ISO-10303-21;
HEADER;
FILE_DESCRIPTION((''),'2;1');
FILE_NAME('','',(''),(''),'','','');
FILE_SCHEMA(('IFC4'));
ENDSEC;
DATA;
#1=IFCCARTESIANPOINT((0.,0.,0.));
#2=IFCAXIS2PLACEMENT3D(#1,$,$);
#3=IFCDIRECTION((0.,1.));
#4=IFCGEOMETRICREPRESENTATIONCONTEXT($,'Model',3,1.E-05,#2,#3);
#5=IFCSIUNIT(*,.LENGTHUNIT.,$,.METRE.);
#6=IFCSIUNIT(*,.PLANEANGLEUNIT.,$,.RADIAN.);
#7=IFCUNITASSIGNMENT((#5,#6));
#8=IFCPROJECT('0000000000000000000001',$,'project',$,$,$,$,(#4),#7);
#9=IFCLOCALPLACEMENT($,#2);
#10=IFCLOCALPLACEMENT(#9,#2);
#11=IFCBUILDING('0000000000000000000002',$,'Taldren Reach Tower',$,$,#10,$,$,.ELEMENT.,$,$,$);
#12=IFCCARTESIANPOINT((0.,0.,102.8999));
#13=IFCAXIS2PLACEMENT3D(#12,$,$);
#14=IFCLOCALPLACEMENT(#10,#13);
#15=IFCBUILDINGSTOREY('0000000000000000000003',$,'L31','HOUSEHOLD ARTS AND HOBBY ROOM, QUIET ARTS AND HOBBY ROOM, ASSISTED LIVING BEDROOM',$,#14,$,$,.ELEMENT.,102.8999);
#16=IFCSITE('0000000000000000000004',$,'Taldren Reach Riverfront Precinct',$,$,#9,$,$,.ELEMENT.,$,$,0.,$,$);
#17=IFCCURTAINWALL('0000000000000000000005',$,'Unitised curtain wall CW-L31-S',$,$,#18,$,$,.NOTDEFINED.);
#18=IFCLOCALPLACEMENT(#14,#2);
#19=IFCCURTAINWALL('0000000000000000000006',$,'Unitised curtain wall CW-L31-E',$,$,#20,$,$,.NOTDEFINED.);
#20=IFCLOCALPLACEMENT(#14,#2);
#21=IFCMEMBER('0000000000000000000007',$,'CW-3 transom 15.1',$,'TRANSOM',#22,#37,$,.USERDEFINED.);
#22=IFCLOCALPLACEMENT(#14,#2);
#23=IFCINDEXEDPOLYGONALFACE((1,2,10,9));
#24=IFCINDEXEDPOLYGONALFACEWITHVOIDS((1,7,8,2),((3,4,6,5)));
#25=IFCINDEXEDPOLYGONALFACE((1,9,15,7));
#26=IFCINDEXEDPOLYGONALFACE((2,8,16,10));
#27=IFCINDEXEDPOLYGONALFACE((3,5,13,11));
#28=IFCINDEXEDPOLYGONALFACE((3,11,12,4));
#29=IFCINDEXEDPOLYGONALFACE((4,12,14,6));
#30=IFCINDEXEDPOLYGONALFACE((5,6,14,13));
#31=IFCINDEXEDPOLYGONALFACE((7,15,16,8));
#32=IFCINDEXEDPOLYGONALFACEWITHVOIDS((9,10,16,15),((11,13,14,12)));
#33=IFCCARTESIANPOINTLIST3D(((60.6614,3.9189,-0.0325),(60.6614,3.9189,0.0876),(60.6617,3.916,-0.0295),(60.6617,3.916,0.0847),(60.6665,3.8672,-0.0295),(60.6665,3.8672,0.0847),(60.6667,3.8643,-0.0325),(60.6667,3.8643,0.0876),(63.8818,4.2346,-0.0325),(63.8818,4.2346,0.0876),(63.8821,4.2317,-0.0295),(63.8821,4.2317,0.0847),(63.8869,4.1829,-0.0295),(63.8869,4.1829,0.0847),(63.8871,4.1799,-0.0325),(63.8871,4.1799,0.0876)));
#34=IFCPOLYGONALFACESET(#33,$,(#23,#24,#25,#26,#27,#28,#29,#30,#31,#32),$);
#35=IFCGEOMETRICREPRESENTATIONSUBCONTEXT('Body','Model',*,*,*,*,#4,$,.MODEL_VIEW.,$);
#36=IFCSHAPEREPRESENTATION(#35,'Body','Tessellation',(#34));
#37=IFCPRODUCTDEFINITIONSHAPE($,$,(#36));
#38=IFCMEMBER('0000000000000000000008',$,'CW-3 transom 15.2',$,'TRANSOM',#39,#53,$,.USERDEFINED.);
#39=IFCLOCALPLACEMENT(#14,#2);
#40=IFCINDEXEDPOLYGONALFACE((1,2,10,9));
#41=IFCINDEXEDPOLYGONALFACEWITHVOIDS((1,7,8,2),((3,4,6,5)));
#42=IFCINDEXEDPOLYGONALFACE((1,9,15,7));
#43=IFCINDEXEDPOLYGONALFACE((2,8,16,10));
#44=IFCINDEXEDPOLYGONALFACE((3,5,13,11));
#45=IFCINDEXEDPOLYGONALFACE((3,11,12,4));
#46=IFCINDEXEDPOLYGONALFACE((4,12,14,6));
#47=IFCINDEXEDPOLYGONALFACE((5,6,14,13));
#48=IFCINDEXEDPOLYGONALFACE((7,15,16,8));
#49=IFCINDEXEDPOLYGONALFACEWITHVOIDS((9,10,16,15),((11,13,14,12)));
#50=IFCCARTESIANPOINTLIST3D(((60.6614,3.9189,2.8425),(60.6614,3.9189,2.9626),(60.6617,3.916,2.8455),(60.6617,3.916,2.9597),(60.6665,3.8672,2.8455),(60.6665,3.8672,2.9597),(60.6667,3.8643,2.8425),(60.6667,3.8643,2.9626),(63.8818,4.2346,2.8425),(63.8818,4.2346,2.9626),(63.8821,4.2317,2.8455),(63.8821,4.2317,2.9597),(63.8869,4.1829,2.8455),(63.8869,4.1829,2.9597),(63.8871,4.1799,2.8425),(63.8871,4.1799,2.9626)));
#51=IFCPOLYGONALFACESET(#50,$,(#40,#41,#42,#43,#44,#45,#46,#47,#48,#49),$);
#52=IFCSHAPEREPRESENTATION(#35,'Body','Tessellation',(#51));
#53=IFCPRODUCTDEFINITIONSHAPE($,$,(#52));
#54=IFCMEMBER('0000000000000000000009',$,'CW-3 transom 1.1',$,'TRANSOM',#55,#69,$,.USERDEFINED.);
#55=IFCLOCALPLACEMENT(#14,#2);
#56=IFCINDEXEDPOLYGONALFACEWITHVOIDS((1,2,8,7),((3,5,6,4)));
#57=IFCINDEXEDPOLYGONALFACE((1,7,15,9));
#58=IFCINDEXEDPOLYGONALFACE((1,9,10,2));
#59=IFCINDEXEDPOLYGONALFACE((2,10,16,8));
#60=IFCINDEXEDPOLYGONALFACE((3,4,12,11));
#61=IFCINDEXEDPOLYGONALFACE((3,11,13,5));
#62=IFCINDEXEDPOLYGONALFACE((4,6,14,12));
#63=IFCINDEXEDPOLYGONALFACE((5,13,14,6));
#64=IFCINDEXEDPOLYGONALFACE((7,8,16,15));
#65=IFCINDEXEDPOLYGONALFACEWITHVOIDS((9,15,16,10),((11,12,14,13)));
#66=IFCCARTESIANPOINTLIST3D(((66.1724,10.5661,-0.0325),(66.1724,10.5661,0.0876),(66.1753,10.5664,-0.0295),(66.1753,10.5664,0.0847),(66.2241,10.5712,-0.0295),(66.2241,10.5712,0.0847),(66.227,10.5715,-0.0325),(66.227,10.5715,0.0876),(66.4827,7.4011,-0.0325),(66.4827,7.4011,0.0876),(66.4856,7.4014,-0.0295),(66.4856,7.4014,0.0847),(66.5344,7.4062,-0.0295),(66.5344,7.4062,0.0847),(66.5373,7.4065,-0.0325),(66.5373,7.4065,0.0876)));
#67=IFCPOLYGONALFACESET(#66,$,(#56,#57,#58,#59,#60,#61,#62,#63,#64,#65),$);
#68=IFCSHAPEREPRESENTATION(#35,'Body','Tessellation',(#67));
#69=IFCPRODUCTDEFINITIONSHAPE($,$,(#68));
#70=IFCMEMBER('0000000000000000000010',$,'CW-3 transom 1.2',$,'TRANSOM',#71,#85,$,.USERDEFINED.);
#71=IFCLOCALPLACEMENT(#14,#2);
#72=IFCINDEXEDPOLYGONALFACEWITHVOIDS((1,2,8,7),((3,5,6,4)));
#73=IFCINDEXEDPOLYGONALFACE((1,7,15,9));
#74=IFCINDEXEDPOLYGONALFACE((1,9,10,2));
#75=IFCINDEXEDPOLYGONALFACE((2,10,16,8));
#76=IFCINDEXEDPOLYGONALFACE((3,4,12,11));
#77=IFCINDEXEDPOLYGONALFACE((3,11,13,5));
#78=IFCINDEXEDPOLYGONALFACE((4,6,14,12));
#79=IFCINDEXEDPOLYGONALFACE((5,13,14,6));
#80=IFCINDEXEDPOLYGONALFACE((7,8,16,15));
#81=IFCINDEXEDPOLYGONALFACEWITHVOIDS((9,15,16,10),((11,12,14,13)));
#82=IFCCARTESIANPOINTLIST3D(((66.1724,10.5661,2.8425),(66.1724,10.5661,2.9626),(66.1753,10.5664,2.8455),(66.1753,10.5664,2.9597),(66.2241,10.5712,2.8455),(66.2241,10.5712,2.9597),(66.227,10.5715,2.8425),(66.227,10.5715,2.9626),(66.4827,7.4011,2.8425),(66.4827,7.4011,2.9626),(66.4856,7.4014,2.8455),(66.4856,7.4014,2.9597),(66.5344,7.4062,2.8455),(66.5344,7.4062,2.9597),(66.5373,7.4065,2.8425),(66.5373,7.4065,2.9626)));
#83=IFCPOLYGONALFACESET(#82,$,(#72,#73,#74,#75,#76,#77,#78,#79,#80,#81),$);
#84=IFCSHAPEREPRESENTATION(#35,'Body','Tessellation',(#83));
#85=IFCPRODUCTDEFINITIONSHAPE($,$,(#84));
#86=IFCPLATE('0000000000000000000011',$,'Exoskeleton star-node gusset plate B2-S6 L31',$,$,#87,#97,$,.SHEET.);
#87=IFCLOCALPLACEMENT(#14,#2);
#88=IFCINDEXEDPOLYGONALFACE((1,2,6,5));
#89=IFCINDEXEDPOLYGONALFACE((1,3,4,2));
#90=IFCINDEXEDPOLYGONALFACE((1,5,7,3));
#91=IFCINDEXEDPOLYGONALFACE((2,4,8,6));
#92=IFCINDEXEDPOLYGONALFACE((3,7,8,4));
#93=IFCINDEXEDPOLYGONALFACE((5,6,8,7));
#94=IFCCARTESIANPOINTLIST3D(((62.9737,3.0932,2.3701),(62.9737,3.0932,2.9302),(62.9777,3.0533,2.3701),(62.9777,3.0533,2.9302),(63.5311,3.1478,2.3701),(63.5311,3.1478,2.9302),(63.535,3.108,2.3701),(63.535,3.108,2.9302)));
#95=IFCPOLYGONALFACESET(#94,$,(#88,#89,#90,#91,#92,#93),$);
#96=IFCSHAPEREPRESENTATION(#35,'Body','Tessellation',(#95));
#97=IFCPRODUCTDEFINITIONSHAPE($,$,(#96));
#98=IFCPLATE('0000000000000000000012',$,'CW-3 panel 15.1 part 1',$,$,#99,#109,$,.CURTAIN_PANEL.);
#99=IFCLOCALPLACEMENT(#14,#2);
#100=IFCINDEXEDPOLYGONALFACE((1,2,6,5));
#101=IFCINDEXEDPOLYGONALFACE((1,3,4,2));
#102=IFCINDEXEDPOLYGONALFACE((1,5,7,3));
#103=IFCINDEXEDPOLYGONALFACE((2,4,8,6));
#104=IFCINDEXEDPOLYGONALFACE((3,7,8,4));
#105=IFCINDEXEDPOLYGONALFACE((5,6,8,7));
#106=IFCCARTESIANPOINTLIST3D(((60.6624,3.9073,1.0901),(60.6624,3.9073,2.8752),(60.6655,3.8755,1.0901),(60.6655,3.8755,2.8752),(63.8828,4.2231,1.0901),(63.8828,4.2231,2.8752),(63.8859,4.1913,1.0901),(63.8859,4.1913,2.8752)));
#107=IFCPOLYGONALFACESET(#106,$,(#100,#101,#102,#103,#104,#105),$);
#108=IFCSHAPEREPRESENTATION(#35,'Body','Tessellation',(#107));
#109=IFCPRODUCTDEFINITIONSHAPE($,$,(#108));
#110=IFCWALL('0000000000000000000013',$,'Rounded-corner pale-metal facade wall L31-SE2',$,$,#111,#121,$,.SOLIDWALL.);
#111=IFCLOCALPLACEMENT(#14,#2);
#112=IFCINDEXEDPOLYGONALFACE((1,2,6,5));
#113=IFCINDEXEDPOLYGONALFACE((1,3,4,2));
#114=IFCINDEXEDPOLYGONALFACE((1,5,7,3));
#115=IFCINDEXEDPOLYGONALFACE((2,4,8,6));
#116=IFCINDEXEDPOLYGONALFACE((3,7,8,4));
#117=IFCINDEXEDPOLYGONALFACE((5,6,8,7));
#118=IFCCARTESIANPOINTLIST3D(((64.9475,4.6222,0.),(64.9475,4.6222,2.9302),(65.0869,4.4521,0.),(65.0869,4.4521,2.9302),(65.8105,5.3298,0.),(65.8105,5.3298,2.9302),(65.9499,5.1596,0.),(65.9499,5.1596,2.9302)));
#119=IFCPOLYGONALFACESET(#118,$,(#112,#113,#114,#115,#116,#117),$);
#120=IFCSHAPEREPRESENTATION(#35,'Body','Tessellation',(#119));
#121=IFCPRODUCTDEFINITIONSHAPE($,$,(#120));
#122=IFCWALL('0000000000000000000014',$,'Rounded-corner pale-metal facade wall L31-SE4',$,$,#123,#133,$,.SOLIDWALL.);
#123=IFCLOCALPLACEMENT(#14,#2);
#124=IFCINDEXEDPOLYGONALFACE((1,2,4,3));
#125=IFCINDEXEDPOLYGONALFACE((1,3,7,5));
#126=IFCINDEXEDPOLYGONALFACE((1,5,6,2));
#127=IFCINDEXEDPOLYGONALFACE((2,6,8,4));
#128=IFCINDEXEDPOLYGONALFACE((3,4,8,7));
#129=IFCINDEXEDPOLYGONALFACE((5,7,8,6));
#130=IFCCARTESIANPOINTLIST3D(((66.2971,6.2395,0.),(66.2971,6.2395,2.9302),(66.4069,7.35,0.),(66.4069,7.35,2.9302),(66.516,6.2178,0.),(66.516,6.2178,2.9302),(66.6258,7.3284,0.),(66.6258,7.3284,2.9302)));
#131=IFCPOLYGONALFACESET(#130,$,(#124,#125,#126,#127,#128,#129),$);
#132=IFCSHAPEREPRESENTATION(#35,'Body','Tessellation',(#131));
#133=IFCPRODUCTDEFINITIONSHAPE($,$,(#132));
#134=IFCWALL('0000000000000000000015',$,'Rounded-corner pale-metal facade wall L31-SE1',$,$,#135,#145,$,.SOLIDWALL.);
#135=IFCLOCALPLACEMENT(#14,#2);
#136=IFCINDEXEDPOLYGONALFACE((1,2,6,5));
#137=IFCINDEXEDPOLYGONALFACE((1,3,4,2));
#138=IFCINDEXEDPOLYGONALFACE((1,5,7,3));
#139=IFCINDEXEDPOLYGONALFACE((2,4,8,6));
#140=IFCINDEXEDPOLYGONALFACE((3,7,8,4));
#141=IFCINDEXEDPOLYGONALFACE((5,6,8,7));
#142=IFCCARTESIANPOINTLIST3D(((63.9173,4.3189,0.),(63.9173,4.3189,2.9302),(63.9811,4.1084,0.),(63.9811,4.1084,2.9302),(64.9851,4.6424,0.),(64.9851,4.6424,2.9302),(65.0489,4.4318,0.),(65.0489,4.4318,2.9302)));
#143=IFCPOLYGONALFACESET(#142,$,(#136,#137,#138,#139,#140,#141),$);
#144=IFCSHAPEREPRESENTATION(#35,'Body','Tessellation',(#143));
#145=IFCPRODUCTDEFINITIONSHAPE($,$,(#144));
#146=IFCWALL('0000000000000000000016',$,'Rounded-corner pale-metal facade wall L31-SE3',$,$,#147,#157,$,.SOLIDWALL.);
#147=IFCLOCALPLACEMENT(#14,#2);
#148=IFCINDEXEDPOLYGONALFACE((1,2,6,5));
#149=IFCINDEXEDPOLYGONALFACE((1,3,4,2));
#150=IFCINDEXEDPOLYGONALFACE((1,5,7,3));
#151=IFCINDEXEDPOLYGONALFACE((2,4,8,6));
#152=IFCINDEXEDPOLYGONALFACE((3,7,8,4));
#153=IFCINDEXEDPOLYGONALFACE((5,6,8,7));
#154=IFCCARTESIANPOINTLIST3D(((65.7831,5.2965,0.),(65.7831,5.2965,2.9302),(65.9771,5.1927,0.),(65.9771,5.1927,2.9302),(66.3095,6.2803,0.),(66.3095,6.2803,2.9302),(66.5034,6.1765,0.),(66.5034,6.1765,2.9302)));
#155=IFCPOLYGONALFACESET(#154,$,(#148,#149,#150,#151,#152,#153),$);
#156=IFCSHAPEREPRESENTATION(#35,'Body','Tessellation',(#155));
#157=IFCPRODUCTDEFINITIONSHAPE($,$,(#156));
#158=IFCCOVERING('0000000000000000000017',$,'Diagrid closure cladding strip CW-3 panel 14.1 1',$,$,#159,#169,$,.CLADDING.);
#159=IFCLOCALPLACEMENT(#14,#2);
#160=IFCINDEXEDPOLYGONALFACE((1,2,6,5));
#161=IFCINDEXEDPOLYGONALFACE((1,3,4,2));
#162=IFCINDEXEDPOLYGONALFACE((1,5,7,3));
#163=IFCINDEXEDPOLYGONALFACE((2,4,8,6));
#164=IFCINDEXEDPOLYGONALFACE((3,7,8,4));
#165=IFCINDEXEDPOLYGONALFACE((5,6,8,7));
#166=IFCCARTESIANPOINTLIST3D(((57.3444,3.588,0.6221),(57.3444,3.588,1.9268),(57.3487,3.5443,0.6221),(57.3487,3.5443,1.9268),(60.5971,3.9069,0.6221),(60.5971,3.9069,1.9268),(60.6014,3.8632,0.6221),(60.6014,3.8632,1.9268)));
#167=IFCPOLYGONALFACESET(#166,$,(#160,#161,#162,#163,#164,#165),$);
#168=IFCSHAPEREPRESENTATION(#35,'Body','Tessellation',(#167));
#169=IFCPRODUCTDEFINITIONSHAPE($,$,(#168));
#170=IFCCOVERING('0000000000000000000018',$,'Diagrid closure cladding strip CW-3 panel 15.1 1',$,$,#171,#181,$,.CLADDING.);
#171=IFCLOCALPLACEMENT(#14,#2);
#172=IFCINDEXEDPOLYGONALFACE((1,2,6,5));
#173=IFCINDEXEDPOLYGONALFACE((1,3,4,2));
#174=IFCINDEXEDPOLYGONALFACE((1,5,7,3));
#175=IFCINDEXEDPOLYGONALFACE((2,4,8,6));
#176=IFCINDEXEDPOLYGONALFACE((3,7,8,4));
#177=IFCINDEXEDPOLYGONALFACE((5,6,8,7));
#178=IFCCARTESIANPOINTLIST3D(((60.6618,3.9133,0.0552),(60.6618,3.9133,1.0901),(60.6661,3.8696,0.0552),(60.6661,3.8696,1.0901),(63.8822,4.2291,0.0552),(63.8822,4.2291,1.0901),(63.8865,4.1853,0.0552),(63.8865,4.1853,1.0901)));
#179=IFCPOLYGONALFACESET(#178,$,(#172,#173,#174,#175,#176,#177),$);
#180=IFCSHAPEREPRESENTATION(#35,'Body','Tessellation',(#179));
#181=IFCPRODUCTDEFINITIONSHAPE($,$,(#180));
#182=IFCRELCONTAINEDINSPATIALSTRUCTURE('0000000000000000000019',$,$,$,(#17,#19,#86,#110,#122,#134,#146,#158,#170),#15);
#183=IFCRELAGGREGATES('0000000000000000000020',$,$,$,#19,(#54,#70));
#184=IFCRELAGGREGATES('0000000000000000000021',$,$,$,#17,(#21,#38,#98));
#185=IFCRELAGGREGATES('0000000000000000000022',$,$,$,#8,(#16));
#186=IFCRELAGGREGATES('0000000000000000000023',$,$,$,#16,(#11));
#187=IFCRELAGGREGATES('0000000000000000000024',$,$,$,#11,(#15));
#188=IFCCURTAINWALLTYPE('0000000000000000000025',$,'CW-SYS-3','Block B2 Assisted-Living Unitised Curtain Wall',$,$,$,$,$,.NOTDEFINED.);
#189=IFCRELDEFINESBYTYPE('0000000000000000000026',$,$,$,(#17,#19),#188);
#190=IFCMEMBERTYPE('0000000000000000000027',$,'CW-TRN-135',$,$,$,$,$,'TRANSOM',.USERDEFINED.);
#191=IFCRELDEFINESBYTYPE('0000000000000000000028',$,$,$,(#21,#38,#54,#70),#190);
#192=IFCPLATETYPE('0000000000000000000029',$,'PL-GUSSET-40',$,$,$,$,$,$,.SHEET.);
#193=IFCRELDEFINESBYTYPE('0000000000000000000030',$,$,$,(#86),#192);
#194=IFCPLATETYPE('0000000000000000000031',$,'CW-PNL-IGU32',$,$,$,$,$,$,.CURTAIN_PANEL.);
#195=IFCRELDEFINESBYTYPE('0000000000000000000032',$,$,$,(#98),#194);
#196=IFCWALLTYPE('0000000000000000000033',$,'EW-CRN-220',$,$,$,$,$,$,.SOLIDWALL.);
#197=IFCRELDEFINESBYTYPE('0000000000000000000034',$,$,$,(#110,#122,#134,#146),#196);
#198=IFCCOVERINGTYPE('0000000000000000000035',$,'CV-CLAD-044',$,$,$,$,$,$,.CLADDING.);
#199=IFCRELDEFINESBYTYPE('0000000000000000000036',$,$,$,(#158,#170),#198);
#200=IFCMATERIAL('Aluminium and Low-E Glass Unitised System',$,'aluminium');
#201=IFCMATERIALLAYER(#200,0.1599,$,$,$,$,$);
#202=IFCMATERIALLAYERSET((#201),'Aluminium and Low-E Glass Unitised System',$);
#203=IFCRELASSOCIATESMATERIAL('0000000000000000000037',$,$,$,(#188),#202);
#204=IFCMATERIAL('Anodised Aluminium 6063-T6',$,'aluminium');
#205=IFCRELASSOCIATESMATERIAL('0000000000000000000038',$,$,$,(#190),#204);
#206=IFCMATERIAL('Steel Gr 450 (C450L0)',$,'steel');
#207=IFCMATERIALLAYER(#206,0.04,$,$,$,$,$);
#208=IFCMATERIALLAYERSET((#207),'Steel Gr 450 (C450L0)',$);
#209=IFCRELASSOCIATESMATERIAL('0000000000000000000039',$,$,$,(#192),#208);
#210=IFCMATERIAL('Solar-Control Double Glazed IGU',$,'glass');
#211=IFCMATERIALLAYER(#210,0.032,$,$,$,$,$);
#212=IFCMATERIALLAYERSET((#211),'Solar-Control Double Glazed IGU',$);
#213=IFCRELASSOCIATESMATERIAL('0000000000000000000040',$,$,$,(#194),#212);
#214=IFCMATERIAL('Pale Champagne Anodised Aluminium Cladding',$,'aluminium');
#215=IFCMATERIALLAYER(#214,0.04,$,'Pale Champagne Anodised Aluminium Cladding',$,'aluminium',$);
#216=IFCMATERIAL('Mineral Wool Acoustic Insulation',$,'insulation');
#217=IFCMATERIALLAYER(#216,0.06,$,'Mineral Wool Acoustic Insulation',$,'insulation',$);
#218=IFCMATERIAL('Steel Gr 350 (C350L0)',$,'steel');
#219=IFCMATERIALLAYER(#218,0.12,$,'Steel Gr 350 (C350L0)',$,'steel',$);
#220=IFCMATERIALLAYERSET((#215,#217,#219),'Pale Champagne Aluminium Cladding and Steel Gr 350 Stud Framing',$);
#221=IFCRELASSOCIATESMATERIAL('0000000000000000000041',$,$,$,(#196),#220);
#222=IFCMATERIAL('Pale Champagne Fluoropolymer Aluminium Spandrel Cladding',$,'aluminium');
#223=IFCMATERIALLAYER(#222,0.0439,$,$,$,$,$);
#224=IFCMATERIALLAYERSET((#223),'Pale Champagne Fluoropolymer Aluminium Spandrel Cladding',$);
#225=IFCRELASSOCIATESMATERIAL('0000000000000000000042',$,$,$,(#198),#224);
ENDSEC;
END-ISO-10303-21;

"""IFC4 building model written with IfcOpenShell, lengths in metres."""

from ifc_helpers import new_model, si_unit, direction, frame, frame_2d, origin, origin_2d, place, context, subcontext, project, spatial, rectangle, hollow_rectangle, extrude, source, transform, mapped, material, layer, layer_set, material_profile, profile_set, type_object, element, aggregate, save


model = new_model("IFC4")

# Units and contexts
model_context = context("Model", 3, precision=1e-05, world=origin(), true_north=direction((0.0, 1.0)))
body_context = subcontext(model_context, "Body", "Model", "MODEL_VIEW")
ifc_project = project(units=[si_unit("LENGTHUNIT", "METRE"), si_unit("PLANEANGLEUNIT", "RADIAN")], contexts=[model_context])

# Site, building, storey
site_placement = place(None, origin())
site = spatial("IfcSite", under=ifc_project, at=site_placement, Name="Taldren Reach Riverfront Precinct", CompositionType="ELEMENT", RefElevation=0.0)
building_placement = place(site_placement, origin())
building = spatial("IfcBuilding", under=site, at=building_placement, Name="Taldren Reach Tower", CompositionType="ELEMENT")
storey_placement = place(building_placement, frame((0.0, 0.0, 102.8999)))
storey = spatial("IfcBuildingStorey", under=building, at=storey_placement, Name="L31", Description="HOUSEHOLD ARTS AND HOBBY ROOM, QUIET ARTS AND HOBBY ROOM, ASSISTED LIVING BEDROOM", CompositionType="ELEMENT", Elevation=102.8999)

# Shared definitions
ifc_material_1 = material(Name="Steel Gr 450 (C450L0)", Category="steel")
ifc_material_2 = material(Name="Steel Gr 350 (C350L0)", Category="steel")

# Curtain wall
ifc_material_3 = material(Name="Aluminium and Low-E Glass Unitised System", Category="aluminium")
ifc_layer_1 = layer(ifc_material_3, 0.1599)
ifc_layer_set_1 = layer_set([ifc_layer_1], Name="Aluminium and Low-E Glass Unitised System")
curtain_wall_type = type_object("IfcCurtainWallType", Name="CW-SYS-3", Description="Block B2 Assisted-Living Unitised Curtain Wall", PredefinedType="NOTDEFINED", material=ifc_layer_set_1)
curtain_wall_1_placement = place(storey_placement, origin())
curtain_wall_1 = element("IfcCurtainWall", 1, at=curtain_wall_1_placement, inside=storey, type_object=curtain_wall_type, Name="Unitised curtain wall CW-L31-S", PredefinedType="NOTDEFINED")
ifc_material_4 = material(Name="Anodised Aluminium 6063-T6", Category="aluminium")

# Curtain wall
curtain_wall_2_placement = place(storey_placement, origin())
curtain_wall_2 = element("IfcCurtainWall", 2, at=curtain_wall_2_placement, inside=storey, type_object=curtain_wall_type, Name="Unitised curtain wall CW-L31-E", PredefinedType="NOTDEFINED")

# Members
ifc_material_profile_1 = material_profile(ifc_material_4, hollow_rectangle(XDim=0.0549, YDim=0.1201, WallThickness=0.0029, at=origin_2d()), Name="ALU-120x55x3RHS")
ifc_profile_set_1 = profile_set([ifc_material_profile_1], Name="Anodised Aluminium 6063-T6")
member_type_1 = type_object("IfcMemberType", Name="CW-TRN-135", ElementType="TRANSOM", PredefinedType="USERDEFINED", material=ifc_profile_set_1)
shared_shape_1 = source(origin(), body_context, "Body", "SweptSolid", [
    extrude(hollow_rectangle(XDim=0.0549, YDim=0.1201, WallThickness=0.0029, at=origin_2d()), origin(), (0.0, 0.0, 1.0), 3.2358),
])
member_1_placement = place(storey_placement, frame((60.6641, 3.8916, 0.0276), z_axis=(0.99523, 0.097554, 0.0), x_axis=(-0.097554, 0.99523, 0.0)))
member_1 = element("IfcMember", 3, at=member_1_placement, type_object=member_type_1, Name="CW-3 transom 15.1", ObjectType="TRANSOM", PredefinedType="USERDEFINED", context=body_context, shape_type="MappedRepresentation", body=[
    mapped(shared_shape_1, transform((0.0, 0.0, 0.0), scale=1.0)),
])
member_2_placement = place(storey_placement, frame((60.6641, 3.8916, 2.9026), z_axis=(0.99523, 0.097554, 0.0), x_axis=(-0.097554, 0.99523, 0.0)))
member_2 = element("IfcMember", 4, at=member_2_placement, type_object=member_type_1, Name="CW-3 transom 15.2", ObjectType="TRANSOM", PredefinedType="USERDEFINED", context=body_context, shape_type="MappedRepresentation", body=[
    mapped(shared_shape_1, transform((0.0, 0.0, 0.0), scale=1.0)),
])
shared_shape_2 = source(origin(), body_context, "Body", "SweptSolid", [
    extrude(hollow_rectangle(XDim=0.0549, YDim=0.1201, WallThickness=0.0029, at=origin_2d()), origin(), (0.0, 0.0, 1.0), 3.1802),
])
member_3_placement = place(storey_placement, frame((66.51, 7.4038, 0.0276), z_axis=(-0.097573, 0.995228, 0.0), x_axis=(-0.995228, -0.097573, 0.0)))
member_3 = element("IfcMember", 5, at=member_3_placement, type_object=member_type_1, Name="CW-3 transom 1.1", ObjectType="TRANSOM", PredefinedType="USERDEFINED", context=body_context, shape_type="MappedRepresentation", body=[
    mapped(shared_shape_2, transform((0.0, 0.0, 0.0), scale=1.0)),
])
member_4_placement = place(storey_placement, frame((66.51, 7.4038, 2.9026), z_axis=(-0.097573, 0.995228, 0.0), x_axis=(-0.995228, -0.097573, 0.0)))
member_4 = element("IfcMember", 6, at=member_4_placement, type_object=member_type_1, Name="CW-3 transom 1.2", ObjectType="TRANSOM", PredefinedType="USERDEFINED", context=body_context, shape_type="MappedRepresentation", body=[
    mapped(shared_shape_2, transform((0.0, 0.0, 0.0), scale=1.0)),
])
aggregate(curtain_wall_2, [member_3, member_4])

# Plates
ifc_layer_2 = layer(ifc_material_1, 0.04)
ifc_layer_set_2 = layer_set([ifc_layer_2], Name="Steel Gr 450 (C450L0)")
plate_type_1 = type_object("IfcPlateType", Name="PL-GUSSET-40", PredefinedType="SHEET", material=ifc_layer_set_2)
shared_shape_3 = source(origin(), body_context, "Body", "SweptSolid", [
    extrude(rectangle(XDim=0.5601, YDim=0.04, at=origin_2d()), origin(), (0.0, 0.0, 1.0), 0.5601),
])
plate_1_placement = place(storey_placement, frame((63.2544, 3.1006, 2.3701), z_axis=(0.0, 0.0, 1.0), x_axis=(0.995227, 0.097583, 0.0)))
element("IfcPlate", 7, at=plate_1_placement, inside=storey, type_object=plate_type_1, Name="Exoskeleton star-node gusset plate B2-S6 L31", PredefinedType="SHEET", context=body_context, shape_type="MappedRepresentation", body=[
    mapped(shared_shape_3, transform((0.0, 0.0, 0.0), scale=1.0)),
])
ifc_material_5 = material(Name="Solar-Control Double Glazed IGU", Category="glass")
ifc_layer_3 = layer(ifc_material_5, 0.032)
ifc_layer_set_3 = layer_set([ifc_layer_3], Name="Solar-Control Double Glazed IGU")
plate_type_2 = type_object("IfcPlateType", Name="CW-PNL-IGU32", PredefinedType="CURTAIN_PANEL", material=ifc_layer_set_3)
shared_shape_4 = source(origin(), body_context, "Body", "SweptSolid", [
    extrude(rectangle(XDim=3.2358, YDim=0.032, at=origin_2d()), origin(), (0.0, 0.0, 1.0), 1.7852),
])
plate_2_placement = place(storey_placement, frame((62.2742, 4.0493, 1.0901), z_axis=(0.0, 0.0, 1.0), x_axis=(0.995227, 0.097583, 0.0)))
plate_2 = element("IfcPlate", 8, at=plate_2_placement, type_object=plate_type_2, Name="CW-3 panel 15.1 part 1", PredefinedType="CURTAIN_PANEL", context=body_context, shape_type="MappedRepresentation", body=[
    mapped(shared_shape_4, transform((0.0, 0.0, 0.0), scale=1.0)),
])
aggregate(curtain_wall_1, [member_1, member_2, plate_2])

# Walls
ifc_material_6 = material(Name="Pale Champagne Anodised Aluminium Cladding", Category="aluminium")
ifc_layer_4 = layer(ifc_material_6, 0.04, Name="Pale Champagne Anodised Aluminium Cladding", Category="aluminium")
ifc_material_7 = material(Name="Mineral Wool Acoustic Insulation", Category="insulation")
ifc_layer_5 = layer(ifc_material_7, 0.06, Name="Mineral Wool Acoustic Insulation", Category="insulation")
ifc_layer_6 = layer(ifc_material_2, 0.12, Name="Steel Gr 350 (C350L0)", Category="steel")
ifc_layer_set_4 = layer_set([ifc_layer_4, ifc_layer_5, ifc_layer_6], Name="Pale Champagne Aluminium Cladding and Steel Gr 350 Stud Framing")
wall_type = type_object("IfcWallType", Name="EW-CRN-220", PredefinedType="SOLIDWALL", material=ifc_layer_set_4)
shared_shape_5 = source(origin(), body_context, "Body", "SweptSolid", [
    extrude(rectangle(XDim=1.116, YDim=0.22, at=frame_2d((0.5581, 0.0))), origin(), (0.0, 0.0, 1.0), 2.9302),
])
for number, where, z_axis, x_axis, name in (
    (9, (65.0171, 4.5371, 0.0), (0.0, 0.0, 1.0), (0.773343, 0.633988, 0.0), "Rounded-corner pale-metal facade wall L31-SE2"),
    (10, (66.4065, 6.2285, 0.0), (0.0, 0.0, 1.0), (0.098442, 0.995143, 0.0), "Rounded-corner pale-metal facade wall L31-SE4"),
):
    element("IfcWall", number, at=place(storey_placement, frame(where, z_axis=z_axis, x_axis=x_axis)), inside=storey, type_object=wall_type, Name=name, PredefinedType="SOLIDWALL", context=body_context, shape_type="MappedRepresentation", body=[
        mapped(shared_shape_5, transform((0.0, 0.0, 0.0), scale=1.0)),
    ])
shared_shape_6 = source(origin(), body_context, "Body", "SweptSolid", [
    extrude(rectangle(XDim=1.1157, YDim=0.22, at=frame_2d((0.5579, 0.0))), origin(), (0.0, 0.0, 1.0), 2.9302),
])
for number, where, z_axis, x_axis, name in (
    (11, (63.9492, 4.2136, 0.0), (0.0, 0.0, 1.0), (0.957052, 0.289916, 0.0), "Rounded-corner pale-metal facade wall L31-SE1"),
    (12, (65.8801, 5.2446, 0.0), (0.0, 0.0, 1.0), (0.471723, 0.881747, 0.0), "Rounded-corner pale-metal facade wall L31-SE3"),
):
    element("IfcWall", number, at=place(storey_placement, frame(where, z_axis=z_axis, x_axis=x_axis)), inside=storey, type_object=wall_type, Name=name, PredefinedType="SOLIDWALL", context=body_context, shape_type="MappedRepresentation", body=[
        mapped(shared_shape_6, transform((0.0, 0.0, 0.0), scale=1.0)),
    ])

# Coverings
ifc_material_8 = material(Name="Pale Champagne Fluoropolymer Aluminium Spandrel Cladding", Category="aluminium")
ifc_layer_7 = layer(ifc_material_8, 0.0439)
ifc_layer_set_5 = layer_set([ifc_layer_7], Name="Pale Champagne Fluoropolymer Aluminium Spandrel Cladding")
covering_type = type_object("IfcCoveringType", Name="CV-CLAD-044", PredefinedType="CLADDING", material=ifc_layer_set_5)
shared_shape_7 = source(origin(), body_context, "Body", "SweptSolid", [
    extrude(rectangle(XDim=3.2683, YDim=0.0439, at=origin_2d()), origin(), (0.0, 0.0, 1.0), 1.3047),
])
covering_1_placement = place(storey_placement, frame((58.9729, 3.7256, 0.6221), z_axis=(0.0, 0.0, 1.0), x_axis=(0.995227, 0.097583, 0.0)))
element("IfcCovering", 13, at=covering_1_placement, inside=storey, type_object=covering_type, Name="Diagrid closure cladding strip CW-3 panel 14.1 1", PredefinedType="CLADDING", context=body_context, shape_type="MappedRepresentation", body=[
    mapped(shared_shape_7, transform((0.0, 0.0, 0.0), scale=1.0)),
])
shared_shape_8 = source(origin(), body_context, "Body", "SweptSolid", [
    extrude(rectangle(XDim=3.2358, YDim=0.0439, at=origin_2d()), origin(), (0.0, 0.0, 1.0), 1.0349),
])
covering_2_placement = place(storey_placement, frame((62.2742, 4.0493, 0.0552), z_axis=(0.0, 0.0, 1.0), x_axis=(0.995227, 0.097583, 0.0)))
element("IfcCovering", 14, at=covering_2_placement, inside=storey, type_object=covering_type, Name="Diagrid closure cladding strip CW-3 panel 15.1 1", PredefinedType="CLADDING", context=body_context, shape_type="MappedRepresentation", body=[
    mapped(shared_shape_8, transform((0.0, 0.0, 0.0), scale=1.0)),
])

save(model, "model.ifc")
